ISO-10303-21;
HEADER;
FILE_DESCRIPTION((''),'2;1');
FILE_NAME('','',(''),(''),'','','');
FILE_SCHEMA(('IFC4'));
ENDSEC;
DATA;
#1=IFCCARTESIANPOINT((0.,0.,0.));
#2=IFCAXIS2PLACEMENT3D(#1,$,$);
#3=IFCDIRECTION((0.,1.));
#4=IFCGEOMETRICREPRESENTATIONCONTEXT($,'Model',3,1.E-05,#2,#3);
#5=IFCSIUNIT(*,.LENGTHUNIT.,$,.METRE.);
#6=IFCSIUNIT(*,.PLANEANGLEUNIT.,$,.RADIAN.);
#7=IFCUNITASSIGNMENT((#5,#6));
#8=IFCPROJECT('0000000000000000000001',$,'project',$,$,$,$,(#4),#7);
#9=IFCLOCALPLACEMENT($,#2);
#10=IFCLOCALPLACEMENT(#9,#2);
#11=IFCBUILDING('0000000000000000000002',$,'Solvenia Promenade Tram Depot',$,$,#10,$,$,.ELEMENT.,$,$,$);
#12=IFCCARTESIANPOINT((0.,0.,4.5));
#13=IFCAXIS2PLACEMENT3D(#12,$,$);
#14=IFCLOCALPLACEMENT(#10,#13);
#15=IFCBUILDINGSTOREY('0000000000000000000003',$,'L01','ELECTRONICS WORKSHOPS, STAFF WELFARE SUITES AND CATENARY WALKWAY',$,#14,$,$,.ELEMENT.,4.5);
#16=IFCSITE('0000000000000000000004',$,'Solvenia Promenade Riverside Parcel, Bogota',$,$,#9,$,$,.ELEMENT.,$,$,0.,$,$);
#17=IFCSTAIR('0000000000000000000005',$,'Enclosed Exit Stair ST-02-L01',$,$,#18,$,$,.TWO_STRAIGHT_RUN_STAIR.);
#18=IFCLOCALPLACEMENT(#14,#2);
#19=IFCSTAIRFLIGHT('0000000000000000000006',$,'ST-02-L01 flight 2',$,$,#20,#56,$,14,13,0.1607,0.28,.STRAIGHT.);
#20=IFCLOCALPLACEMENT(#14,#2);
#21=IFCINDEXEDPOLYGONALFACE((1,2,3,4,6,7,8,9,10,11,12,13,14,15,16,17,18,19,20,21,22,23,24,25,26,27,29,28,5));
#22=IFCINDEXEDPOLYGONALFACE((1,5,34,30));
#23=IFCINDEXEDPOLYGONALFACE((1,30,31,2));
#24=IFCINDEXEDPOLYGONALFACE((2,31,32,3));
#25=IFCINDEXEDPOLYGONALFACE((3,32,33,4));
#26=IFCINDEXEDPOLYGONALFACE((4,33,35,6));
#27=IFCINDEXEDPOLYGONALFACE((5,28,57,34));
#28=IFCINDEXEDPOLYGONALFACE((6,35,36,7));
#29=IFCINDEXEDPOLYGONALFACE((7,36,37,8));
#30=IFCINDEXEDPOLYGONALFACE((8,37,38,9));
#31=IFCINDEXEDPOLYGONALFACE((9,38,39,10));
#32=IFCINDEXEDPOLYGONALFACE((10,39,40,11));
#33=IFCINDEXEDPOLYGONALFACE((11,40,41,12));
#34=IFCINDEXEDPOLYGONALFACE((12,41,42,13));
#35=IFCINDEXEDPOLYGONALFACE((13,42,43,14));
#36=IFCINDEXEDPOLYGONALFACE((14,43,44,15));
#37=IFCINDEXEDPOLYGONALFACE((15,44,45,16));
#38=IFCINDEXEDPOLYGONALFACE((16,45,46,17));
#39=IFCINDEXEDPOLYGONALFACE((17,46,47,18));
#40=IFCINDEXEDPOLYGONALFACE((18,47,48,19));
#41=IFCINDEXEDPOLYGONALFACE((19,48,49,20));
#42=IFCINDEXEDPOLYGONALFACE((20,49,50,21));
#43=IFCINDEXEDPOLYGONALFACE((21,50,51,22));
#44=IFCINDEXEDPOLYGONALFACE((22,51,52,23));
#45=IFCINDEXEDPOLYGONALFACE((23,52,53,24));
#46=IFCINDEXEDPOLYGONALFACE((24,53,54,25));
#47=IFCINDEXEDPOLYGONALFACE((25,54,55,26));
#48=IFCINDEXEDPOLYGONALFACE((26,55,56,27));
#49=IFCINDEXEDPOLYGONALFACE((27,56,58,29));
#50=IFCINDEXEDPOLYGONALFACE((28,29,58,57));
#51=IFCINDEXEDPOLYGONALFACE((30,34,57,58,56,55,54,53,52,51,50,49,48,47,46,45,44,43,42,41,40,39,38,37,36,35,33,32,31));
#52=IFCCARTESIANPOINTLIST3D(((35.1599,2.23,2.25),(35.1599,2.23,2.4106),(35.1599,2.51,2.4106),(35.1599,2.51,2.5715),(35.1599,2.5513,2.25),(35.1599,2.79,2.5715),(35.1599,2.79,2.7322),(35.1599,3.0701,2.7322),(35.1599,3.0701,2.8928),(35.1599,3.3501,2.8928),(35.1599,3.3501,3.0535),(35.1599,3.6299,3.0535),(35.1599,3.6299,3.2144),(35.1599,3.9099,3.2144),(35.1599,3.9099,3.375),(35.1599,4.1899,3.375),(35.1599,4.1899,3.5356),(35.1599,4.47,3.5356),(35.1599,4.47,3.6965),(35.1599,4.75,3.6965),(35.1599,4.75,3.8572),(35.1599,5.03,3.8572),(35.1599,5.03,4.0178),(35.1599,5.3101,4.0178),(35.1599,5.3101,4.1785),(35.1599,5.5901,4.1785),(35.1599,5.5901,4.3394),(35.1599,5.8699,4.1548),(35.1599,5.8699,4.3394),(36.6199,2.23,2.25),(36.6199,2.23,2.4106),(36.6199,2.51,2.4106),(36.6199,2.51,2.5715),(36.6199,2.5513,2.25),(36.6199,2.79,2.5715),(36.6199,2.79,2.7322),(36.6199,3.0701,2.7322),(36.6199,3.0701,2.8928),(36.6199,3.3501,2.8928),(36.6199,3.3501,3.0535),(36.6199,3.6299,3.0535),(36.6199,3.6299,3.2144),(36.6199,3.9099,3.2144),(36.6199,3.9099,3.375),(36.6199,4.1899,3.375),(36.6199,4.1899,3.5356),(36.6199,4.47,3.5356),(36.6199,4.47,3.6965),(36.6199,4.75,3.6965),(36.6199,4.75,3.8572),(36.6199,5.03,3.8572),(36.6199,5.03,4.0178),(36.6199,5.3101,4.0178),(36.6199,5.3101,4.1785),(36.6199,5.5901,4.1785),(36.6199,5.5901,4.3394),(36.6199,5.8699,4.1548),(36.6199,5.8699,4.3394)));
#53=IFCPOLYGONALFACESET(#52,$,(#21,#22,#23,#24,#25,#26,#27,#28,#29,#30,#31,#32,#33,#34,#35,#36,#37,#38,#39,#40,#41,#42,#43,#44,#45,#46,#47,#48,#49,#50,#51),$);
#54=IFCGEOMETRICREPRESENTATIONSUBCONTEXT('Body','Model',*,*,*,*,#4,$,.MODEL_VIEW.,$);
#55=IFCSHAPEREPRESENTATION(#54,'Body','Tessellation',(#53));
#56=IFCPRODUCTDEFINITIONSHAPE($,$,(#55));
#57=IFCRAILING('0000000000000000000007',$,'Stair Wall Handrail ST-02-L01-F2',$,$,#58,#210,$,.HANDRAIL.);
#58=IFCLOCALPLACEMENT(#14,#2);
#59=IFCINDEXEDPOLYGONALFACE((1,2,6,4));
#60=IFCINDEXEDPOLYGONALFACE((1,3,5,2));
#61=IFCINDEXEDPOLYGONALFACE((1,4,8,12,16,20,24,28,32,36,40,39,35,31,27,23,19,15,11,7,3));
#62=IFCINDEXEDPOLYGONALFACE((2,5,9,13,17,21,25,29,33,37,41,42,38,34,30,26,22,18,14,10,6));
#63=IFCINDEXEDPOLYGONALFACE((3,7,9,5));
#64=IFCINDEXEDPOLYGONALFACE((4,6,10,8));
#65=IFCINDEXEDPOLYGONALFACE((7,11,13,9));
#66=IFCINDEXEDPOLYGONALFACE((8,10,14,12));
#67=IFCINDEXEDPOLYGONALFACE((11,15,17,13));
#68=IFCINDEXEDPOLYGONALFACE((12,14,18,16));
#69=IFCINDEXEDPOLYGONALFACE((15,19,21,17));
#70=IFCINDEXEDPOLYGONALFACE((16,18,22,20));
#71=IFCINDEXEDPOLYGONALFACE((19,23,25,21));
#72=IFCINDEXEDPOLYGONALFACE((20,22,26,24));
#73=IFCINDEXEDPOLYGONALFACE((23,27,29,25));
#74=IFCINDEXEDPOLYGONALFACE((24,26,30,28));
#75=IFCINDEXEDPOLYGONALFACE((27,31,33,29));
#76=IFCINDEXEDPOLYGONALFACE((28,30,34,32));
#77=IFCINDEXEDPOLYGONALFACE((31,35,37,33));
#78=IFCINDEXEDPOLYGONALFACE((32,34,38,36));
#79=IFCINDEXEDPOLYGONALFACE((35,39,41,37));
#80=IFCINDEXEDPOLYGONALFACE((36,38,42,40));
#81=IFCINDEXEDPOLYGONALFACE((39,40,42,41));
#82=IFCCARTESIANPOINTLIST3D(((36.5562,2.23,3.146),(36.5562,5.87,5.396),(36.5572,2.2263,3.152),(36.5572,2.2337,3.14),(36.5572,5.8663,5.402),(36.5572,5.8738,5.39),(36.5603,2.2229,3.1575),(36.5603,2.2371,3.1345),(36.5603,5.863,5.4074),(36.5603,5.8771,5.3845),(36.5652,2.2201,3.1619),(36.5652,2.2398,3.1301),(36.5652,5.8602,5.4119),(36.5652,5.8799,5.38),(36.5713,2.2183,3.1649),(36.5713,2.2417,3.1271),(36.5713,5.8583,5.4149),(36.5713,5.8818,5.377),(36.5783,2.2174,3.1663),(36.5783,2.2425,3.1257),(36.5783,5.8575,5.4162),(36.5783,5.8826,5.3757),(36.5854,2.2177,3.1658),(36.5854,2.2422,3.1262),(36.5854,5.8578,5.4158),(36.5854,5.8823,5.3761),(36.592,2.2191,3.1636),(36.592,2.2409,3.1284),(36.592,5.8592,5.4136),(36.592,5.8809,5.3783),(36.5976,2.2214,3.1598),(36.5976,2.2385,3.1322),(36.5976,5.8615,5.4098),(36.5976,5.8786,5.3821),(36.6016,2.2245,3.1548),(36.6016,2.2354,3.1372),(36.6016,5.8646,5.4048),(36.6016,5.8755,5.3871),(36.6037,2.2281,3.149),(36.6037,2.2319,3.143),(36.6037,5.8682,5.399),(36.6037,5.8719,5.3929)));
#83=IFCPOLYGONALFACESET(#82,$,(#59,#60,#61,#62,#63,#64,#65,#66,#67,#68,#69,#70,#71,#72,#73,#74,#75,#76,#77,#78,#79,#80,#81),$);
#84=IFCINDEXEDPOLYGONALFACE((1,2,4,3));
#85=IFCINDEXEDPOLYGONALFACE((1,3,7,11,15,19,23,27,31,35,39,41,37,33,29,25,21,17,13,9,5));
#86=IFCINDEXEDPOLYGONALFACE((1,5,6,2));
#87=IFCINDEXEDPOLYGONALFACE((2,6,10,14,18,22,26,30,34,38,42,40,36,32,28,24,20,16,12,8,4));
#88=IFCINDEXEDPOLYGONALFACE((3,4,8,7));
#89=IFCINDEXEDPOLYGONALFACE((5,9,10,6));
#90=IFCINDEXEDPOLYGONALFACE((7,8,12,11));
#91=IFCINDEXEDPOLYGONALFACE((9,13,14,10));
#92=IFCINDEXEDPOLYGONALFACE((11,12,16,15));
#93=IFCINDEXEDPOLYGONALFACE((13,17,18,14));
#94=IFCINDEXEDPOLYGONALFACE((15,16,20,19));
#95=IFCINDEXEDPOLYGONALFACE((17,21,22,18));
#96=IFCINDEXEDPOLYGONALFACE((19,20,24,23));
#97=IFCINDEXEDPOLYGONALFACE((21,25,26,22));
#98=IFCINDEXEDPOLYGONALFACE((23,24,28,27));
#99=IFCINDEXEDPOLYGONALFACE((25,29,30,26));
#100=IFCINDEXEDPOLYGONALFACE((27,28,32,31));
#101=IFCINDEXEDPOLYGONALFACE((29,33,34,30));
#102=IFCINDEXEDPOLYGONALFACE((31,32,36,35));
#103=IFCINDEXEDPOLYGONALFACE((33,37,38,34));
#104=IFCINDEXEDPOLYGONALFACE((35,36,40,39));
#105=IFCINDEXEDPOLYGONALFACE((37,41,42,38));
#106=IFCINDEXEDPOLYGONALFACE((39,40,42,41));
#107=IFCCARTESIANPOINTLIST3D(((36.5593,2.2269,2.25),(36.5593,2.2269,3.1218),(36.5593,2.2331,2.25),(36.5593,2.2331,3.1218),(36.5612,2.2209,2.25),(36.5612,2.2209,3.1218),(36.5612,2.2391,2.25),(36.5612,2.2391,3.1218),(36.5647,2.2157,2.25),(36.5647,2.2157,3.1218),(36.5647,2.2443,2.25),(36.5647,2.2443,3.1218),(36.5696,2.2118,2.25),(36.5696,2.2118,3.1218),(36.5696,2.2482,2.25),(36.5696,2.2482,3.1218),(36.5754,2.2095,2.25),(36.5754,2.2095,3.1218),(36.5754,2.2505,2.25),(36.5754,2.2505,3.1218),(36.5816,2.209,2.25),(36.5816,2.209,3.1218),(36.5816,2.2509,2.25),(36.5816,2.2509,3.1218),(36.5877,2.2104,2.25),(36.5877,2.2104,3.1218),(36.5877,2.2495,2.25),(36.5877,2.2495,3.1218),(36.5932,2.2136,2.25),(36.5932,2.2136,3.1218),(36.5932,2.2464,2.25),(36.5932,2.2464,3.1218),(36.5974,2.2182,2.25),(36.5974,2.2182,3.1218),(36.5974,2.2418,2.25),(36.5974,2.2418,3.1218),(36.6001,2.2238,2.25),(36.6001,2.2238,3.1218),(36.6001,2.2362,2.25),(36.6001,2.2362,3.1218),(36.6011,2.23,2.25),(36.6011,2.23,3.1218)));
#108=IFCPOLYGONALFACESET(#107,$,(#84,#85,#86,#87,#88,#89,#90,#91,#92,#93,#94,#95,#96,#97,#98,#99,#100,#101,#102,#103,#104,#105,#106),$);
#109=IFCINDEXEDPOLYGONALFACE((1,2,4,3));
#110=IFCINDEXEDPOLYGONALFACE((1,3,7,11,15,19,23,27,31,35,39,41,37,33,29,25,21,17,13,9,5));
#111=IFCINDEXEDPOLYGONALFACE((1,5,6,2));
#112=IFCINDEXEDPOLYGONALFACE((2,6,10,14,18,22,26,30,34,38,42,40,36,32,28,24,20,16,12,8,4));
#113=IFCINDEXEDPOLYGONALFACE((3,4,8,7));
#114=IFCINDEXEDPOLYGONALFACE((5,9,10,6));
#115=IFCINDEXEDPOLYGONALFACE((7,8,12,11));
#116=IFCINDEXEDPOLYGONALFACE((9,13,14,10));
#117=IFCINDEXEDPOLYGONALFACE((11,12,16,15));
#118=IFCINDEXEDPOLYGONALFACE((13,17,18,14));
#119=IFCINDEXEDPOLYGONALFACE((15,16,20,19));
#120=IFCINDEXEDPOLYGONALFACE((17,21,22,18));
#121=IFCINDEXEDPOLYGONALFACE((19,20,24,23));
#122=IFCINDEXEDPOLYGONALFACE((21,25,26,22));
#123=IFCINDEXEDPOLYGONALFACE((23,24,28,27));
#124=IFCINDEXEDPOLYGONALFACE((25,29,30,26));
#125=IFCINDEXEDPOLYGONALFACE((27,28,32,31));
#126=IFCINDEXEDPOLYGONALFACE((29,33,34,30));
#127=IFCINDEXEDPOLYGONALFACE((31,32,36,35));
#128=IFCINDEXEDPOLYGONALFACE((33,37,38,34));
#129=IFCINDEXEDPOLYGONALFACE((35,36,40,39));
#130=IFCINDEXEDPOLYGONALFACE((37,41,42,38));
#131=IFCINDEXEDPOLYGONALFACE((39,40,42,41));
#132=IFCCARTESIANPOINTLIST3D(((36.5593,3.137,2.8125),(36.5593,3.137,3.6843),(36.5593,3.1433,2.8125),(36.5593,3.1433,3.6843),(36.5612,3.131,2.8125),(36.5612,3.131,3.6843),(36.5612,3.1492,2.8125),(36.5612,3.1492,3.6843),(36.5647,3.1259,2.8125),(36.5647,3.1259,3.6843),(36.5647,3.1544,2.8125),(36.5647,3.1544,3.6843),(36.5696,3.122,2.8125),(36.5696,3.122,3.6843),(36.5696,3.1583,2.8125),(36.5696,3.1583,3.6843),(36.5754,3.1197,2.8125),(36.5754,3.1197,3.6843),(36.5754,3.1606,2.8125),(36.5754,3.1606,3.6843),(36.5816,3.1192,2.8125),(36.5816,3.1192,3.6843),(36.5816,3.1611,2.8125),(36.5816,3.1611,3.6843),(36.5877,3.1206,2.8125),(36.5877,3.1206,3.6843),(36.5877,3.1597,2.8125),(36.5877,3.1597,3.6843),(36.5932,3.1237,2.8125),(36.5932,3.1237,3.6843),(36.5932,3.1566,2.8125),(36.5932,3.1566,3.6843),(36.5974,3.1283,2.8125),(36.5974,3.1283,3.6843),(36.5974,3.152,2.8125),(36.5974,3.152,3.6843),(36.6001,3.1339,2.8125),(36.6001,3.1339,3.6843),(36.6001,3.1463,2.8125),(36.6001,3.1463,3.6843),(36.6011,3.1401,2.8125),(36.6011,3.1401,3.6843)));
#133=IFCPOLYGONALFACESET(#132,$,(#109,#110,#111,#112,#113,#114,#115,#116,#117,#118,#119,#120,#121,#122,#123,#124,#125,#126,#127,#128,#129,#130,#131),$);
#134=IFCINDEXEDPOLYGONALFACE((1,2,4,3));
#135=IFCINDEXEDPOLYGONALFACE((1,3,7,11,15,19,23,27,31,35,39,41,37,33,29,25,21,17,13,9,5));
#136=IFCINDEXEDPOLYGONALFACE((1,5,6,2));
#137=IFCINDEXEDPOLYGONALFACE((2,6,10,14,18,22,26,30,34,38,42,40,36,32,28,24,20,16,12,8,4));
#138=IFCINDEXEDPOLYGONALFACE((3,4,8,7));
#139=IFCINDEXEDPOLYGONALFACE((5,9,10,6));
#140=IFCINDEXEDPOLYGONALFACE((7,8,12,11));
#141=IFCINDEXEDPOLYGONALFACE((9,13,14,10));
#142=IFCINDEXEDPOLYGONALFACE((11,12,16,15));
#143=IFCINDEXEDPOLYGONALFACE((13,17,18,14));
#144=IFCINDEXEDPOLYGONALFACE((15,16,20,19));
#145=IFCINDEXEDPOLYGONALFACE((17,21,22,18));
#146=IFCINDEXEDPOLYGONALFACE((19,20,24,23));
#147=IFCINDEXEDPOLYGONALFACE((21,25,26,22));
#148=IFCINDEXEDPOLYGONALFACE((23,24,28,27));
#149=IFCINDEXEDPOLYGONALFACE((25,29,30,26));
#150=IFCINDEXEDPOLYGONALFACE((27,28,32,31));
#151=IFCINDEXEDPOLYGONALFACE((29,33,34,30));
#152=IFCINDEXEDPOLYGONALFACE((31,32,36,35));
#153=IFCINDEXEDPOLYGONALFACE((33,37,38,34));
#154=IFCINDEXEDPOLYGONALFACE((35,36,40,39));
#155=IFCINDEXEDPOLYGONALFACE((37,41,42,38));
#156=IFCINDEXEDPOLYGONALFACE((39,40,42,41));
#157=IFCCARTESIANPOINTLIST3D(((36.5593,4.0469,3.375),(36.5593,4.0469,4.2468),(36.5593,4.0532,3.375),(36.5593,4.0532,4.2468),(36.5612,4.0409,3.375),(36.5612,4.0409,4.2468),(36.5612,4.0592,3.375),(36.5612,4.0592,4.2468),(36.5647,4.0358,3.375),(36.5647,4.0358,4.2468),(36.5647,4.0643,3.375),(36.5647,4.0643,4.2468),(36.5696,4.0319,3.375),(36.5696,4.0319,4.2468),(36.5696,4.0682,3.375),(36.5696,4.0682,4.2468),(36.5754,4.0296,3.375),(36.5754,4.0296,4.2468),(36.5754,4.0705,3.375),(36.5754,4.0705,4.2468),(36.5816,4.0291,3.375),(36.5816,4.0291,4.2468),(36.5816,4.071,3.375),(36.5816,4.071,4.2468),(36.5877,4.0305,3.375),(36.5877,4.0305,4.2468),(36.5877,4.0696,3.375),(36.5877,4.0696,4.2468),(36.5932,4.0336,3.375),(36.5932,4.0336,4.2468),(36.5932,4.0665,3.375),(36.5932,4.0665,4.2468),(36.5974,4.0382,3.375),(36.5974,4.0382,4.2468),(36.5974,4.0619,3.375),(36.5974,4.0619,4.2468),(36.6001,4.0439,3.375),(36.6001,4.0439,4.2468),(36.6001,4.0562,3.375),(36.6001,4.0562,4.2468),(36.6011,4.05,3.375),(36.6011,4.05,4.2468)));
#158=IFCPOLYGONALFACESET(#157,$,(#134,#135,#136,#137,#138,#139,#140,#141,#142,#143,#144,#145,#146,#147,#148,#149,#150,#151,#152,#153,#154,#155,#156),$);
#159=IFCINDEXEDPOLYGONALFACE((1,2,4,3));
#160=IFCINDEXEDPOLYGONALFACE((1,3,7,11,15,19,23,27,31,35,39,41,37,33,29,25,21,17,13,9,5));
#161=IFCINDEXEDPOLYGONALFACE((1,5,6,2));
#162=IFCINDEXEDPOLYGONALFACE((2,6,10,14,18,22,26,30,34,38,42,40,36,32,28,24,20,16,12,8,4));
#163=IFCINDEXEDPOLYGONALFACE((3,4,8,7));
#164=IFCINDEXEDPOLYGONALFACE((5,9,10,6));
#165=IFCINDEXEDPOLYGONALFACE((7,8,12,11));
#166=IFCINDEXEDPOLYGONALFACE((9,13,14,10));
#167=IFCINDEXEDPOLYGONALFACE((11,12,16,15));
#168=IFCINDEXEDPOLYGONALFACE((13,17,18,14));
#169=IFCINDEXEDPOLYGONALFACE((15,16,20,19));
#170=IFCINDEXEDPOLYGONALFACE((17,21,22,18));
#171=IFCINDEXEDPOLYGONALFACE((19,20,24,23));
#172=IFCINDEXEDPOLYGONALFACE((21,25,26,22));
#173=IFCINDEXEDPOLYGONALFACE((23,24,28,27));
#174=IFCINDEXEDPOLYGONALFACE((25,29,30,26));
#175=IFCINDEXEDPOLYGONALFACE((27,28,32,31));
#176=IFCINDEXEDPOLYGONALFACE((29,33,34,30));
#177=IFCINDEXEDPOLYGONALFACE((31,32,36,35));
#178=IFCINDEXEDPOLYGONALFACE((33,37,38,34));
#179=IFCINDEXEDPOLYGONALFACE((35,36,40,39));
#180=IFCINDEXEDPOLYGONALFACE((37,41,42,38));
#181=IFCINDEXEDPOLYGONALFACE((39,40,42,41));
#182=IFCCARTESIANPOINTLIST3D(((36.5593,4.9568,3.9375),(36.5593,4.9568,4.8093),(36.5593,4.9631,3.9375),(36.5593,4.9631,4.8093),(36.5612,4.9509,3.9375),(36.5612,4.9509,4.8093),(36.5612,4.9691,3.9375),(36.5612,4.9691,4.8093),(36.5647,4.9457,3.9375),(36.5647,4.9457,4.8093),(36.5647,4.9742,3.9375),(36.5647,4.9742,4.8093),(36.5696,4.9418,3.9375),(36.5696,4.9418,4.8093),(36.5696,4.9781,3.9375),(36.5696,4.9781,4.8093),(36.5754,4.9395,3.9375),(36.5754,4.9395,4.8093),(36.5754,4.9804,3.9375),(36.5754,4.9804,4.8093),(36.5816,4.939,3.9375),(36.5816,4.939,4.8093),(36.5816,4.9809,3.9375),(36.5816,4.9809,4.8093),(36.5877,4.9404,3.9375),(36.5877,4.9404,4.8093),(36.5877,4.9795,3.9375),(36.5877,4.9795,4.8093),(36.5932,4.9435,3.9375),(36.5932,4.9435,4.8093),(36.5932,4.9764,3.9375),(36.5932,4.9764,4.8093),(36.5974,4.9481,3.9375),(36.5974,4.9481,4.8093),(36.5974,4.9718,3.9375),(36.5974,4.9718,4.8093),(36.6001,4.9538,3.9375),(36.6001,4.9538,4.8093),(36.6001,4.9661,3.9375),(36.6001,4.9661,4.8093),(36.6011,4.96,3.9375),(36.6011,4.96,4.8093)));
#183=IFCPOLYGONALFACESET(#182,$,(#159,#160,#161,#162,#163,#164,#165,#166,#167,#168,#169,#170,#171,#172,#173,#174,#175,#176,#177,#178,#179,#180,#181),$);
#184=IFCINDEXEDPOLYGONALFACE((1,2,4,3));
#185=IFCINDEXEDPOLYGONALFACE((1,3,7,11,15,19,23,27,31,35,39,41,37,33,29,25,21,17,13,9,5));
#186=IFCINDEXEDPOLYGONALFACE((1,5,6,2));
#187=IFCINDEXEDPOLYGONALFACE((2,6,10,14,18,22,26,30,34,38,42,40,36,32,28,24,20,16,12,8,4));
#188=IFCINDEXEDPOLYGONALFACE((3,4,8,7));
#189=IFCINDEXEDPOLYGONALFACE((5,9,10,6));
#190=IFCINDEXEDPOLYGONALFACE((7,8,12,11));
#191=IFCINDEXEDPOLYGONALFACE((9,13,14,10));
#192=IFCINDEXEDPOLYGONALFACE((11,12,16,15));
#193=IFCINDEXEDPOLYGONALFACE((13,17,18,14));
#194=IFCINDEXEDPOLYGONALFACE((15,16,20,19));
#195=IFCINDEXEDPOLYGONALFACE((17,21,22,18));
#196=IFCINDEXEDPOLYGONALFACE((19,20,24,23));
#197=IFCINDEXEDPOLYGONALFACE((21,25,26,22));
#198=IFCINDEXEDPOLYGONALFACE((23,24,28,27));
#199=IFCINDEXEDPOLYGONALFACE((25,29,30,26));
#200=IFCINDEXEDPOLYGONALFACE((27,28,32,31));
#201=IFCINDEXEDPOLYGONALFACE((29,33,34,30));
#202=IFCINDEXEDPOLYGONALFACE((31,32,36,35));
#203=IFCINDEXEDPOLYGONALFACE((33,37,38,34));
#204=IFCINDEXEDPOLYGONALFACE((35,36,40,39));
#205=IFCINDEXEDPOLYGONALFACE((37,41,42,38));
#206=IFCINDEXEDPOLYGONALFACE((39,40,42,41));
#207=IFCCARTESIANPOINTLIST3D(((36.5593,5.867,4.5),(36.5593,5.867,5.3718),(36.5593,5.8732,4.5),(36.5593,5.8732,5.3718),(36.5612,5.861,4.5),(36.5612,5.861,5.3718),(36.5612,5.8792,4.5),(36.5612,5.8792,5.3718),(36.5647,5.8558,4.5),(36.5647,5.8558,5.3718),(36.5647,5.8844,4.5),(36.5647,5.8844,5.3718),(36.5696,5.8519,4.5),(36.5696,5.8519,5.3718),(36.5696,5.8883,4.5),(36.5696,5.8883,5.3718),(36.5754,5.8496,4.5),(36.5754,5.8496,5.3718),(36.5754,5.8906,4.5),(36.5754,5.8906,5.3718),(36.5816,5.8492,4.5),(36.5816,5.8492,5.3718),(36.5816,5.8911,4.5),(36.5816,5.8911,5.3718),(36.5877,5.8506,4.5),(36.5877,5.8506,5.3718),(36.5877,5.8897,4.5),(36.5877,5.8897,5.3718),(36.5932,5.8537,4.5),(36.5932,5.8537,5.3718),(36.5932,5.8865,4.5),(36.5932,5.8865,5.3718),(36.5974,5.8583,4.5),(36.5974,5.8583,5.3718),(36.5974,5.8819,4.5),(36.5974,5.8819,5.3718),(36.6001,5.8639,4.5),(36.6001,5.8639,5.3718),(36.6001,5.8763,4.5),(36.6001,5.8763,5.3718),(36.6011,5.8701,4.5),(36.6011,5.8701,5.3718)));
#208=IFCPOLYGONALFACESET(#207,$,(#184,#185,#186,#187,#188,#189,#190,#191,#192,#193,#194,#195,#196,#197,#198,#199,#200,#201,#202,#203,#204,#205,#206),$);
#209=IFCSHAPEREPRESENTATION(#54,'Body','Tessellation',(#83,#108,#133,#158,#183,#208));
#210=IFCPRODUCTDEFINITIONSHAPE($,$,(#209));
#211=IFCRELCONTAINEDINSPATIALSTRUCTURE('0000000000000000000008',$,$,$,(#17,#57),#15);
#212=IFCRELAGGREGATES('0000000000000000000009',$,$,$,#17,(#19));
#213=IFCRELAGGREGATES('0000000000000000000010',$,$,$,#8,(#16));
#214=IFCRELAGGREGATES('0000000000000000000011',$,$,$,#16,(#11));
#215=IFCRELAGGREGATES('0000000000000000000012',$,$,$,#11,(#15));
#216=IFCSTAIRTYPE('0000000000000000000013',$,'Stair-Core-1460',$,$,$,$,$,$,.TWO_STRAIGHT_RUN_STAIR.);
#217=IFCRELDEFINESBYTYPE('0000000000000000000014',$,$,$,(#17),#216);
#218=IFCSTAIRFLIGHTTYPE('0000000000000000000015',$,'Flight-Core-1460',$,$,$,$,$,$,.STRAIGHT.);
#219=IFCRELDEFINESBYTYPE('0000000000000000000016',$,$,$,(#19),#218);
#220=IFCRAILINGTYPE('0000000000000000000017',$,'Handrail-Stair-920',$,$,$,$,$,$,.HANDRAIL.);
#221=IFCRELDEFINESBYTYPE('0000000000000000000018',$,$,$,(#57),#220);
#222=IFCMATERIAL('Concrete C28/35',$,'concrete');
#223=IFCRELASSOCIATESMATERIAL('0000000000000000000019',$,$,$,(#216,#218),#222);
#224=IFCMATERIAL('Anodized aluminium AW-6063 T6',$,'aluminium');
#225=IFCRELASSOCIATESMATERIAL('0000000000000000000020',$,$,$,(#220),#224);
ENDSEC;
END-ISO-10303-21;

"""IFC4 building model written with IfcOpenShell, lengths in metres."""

from ifc_helpers import new_model, si_unit, direction, frame, origin, origin_2d, place, context, subcontext, project, spatial, polyline, circle, outline, extrude, material, type_object, element, aggregate, save


model = new_model("IFC4")

# Units and contexts
model_context = context("Model", 3, precision=1e-05, world=origin(), true_north=direction((0.0, 1.0)))
body_context = subcontext(model_context, "Body", "Model", "MODEL_VIEW")
ifc_project = project(units=[si_unit("LENGTHUNIT", "METRE"), si_unit("PLANEANGLEUNIT", "RADIAN")], contexts=[model_context])

# Site, building, storey
site_placement = place(None, origin())
site = spatial("IfcSite", under=ifc_project, at=site_placement, Name="Solvenia Promenade Riverside Parcel, Bogota", CompositionType="ELEMENT", RefElevation=0.0)
building_placement = place(site_placement, origin())
building = spatial("IfcBuilding", under=site, at=building_placement, Name="Solvenia Promenade Tram Depot", CompositionType="ELEMENT")
storey_placement = place(building_placement, frame((0.0, 0.0, 4.5)))
storey = spatial("IfcBuildingStorey", under=building, at=storey_placement, Name="L01", Description="ELECTRONICS WORKSHOPS, STAFF WELFARE SUITES AND CATENARY WALKWAY", CompositionType="ELEMENT", Elevation=4.5)

# Shared definitions
ifc_material_1 = material(Name="Anodized aluminium AW-6063 T6", Category="aluminium")

# Shared definitions
ifc_material_2 = material(Name="Concrete C28/35", Category="concrete")

# Stair, stair flight
stair_type = type_object("IfcStairType", Name="Stair-Core-1460", PredefinedType="TWO_STRAIGHT_RUN_STAIR", material=ifc_material_2)
stair_placement = place(storey_placement, origin())
stair = element("IfcStair", 1, at=stair_placement, inside=storey, type_object=stair_type, Name="Enclosed Exit Stair ST-02-L01", PredefinedType="TWO_STRAIGHT_RUN_STAIR")
stair_flight_type = type_object("IfcStairFlightType", Name="Flight-Core-1460", PredefinedType="STRAIGHT", material=ifc_material_2)
stair_flight_placement = place(storey_placement, frame((35.8899, 2.23, 2.25), z_axis=(0.0, 0.0, 1.0), x_axis=(0.0, 1.0, 0.0)))
stair_flight = element("IfcStairFlight", 2, at=stair_flight_placement, type_object=stair_flight_type, Name="ST-02-L01 flight 2", NumberOfRisers=14, NumberOfTreads=13, PredefinedType="STRAIGHT", RiserHeight=0.1607, TreadLength=0.28, context=body_context, shape_type="SweptSolid", body=[
    extrude(outline(polyline([(0.0, 0.0), (0.0, 0.1606), (0.28, 0.1606), (0.28, 0.3215), (0.5601, 0.3215), (0.5601, 0.4822), (0.8401, 0.4822), (0.8401, 0.6428), (1.1201, 0.6428), (1.1201, 0.8035), (1.3999, 0.8035), (1.3999, 0.9644), (1.6799, 0.9644), (1.6799, 1.125), (1.96, 1.125), (1.96, 1.2856), (2.24, 1.2856), (2.24, 1.4465), (2.52, 1.4465), (2.52, 1.6072), (2.8, 1.6072), (2.8, 1.7678), (3.0801, 1.7678), (3.0801, 1.9285), (3.3601, 1.9285), (3.3601, 2.0894), (3.6399, 2.0894), (3.6399, 2.25), (3.6399, 1.9048), (0.3213, 0.0), (0.0, 0.0)])), frame((0.0, 0.73, 0.0), z_axis=(0.0, -1.0, 0.0), x_axis=(1.0, 0.0, 0.0)), (0.0, 0.0, 1.0), 1.46),
])
aggregate(stair, [stair_flight])

# Railing
railing_type = type_object("IfcRailingType", Name="Handrail-Stair-920", PredefinedType="HANDRAIL", material=ifc_material_1)
railing_placement = place(storey_placement, frame((36.5801, 2.23, 2.25)))
element("IfcRailing", 3, at=railing_placement, inside=storey, type_object=railing_type, Name="Stair Wall Handrail ST-02-L01-F2", PredefinedType="HANDRAIL", context=body_context, shape_type="SweptSolid", body=[
    extrude(circle(Radius=0.0239, at=origin_2d()), frame((0.0, 0.0, 0.896), z_axis=(0.0, 0.850622, 0.525777), x_axis=(-1.0, 0.0, 0.0)), (0.0, 0.0, 1.0), 4.2793),
    extrude(circle(Radius=0.021, at=origin_2d()), origin(), (0.0, 0.0, 1.0), 0.8718),
    extrude(circle(Radius=0.021, at=origin_2d()), frame((0.0, 0.9102, 0.5625)), (0.0, 0.0, 1.0), 0.8718),
    extrude(circle(Radius=0.021, at=origin_2d()), frame((0.0, 1.8201, 1.125)), (0.0, 0.0, 1.0), 0.8718),
    extrude(circle(Radius=0.021, at=origin_2d()), frame((0.0, 2.73, 1.6875)), (0.0, 0.0, 1.0), 0.8718),
    extrude(circle(Radius=0.021, at=origin_2d()), frame((0.0, 3.6401, 2.25)), (0.0, 0.0, 1.0), 0.8718),
])

save(model, "model.ifc")
